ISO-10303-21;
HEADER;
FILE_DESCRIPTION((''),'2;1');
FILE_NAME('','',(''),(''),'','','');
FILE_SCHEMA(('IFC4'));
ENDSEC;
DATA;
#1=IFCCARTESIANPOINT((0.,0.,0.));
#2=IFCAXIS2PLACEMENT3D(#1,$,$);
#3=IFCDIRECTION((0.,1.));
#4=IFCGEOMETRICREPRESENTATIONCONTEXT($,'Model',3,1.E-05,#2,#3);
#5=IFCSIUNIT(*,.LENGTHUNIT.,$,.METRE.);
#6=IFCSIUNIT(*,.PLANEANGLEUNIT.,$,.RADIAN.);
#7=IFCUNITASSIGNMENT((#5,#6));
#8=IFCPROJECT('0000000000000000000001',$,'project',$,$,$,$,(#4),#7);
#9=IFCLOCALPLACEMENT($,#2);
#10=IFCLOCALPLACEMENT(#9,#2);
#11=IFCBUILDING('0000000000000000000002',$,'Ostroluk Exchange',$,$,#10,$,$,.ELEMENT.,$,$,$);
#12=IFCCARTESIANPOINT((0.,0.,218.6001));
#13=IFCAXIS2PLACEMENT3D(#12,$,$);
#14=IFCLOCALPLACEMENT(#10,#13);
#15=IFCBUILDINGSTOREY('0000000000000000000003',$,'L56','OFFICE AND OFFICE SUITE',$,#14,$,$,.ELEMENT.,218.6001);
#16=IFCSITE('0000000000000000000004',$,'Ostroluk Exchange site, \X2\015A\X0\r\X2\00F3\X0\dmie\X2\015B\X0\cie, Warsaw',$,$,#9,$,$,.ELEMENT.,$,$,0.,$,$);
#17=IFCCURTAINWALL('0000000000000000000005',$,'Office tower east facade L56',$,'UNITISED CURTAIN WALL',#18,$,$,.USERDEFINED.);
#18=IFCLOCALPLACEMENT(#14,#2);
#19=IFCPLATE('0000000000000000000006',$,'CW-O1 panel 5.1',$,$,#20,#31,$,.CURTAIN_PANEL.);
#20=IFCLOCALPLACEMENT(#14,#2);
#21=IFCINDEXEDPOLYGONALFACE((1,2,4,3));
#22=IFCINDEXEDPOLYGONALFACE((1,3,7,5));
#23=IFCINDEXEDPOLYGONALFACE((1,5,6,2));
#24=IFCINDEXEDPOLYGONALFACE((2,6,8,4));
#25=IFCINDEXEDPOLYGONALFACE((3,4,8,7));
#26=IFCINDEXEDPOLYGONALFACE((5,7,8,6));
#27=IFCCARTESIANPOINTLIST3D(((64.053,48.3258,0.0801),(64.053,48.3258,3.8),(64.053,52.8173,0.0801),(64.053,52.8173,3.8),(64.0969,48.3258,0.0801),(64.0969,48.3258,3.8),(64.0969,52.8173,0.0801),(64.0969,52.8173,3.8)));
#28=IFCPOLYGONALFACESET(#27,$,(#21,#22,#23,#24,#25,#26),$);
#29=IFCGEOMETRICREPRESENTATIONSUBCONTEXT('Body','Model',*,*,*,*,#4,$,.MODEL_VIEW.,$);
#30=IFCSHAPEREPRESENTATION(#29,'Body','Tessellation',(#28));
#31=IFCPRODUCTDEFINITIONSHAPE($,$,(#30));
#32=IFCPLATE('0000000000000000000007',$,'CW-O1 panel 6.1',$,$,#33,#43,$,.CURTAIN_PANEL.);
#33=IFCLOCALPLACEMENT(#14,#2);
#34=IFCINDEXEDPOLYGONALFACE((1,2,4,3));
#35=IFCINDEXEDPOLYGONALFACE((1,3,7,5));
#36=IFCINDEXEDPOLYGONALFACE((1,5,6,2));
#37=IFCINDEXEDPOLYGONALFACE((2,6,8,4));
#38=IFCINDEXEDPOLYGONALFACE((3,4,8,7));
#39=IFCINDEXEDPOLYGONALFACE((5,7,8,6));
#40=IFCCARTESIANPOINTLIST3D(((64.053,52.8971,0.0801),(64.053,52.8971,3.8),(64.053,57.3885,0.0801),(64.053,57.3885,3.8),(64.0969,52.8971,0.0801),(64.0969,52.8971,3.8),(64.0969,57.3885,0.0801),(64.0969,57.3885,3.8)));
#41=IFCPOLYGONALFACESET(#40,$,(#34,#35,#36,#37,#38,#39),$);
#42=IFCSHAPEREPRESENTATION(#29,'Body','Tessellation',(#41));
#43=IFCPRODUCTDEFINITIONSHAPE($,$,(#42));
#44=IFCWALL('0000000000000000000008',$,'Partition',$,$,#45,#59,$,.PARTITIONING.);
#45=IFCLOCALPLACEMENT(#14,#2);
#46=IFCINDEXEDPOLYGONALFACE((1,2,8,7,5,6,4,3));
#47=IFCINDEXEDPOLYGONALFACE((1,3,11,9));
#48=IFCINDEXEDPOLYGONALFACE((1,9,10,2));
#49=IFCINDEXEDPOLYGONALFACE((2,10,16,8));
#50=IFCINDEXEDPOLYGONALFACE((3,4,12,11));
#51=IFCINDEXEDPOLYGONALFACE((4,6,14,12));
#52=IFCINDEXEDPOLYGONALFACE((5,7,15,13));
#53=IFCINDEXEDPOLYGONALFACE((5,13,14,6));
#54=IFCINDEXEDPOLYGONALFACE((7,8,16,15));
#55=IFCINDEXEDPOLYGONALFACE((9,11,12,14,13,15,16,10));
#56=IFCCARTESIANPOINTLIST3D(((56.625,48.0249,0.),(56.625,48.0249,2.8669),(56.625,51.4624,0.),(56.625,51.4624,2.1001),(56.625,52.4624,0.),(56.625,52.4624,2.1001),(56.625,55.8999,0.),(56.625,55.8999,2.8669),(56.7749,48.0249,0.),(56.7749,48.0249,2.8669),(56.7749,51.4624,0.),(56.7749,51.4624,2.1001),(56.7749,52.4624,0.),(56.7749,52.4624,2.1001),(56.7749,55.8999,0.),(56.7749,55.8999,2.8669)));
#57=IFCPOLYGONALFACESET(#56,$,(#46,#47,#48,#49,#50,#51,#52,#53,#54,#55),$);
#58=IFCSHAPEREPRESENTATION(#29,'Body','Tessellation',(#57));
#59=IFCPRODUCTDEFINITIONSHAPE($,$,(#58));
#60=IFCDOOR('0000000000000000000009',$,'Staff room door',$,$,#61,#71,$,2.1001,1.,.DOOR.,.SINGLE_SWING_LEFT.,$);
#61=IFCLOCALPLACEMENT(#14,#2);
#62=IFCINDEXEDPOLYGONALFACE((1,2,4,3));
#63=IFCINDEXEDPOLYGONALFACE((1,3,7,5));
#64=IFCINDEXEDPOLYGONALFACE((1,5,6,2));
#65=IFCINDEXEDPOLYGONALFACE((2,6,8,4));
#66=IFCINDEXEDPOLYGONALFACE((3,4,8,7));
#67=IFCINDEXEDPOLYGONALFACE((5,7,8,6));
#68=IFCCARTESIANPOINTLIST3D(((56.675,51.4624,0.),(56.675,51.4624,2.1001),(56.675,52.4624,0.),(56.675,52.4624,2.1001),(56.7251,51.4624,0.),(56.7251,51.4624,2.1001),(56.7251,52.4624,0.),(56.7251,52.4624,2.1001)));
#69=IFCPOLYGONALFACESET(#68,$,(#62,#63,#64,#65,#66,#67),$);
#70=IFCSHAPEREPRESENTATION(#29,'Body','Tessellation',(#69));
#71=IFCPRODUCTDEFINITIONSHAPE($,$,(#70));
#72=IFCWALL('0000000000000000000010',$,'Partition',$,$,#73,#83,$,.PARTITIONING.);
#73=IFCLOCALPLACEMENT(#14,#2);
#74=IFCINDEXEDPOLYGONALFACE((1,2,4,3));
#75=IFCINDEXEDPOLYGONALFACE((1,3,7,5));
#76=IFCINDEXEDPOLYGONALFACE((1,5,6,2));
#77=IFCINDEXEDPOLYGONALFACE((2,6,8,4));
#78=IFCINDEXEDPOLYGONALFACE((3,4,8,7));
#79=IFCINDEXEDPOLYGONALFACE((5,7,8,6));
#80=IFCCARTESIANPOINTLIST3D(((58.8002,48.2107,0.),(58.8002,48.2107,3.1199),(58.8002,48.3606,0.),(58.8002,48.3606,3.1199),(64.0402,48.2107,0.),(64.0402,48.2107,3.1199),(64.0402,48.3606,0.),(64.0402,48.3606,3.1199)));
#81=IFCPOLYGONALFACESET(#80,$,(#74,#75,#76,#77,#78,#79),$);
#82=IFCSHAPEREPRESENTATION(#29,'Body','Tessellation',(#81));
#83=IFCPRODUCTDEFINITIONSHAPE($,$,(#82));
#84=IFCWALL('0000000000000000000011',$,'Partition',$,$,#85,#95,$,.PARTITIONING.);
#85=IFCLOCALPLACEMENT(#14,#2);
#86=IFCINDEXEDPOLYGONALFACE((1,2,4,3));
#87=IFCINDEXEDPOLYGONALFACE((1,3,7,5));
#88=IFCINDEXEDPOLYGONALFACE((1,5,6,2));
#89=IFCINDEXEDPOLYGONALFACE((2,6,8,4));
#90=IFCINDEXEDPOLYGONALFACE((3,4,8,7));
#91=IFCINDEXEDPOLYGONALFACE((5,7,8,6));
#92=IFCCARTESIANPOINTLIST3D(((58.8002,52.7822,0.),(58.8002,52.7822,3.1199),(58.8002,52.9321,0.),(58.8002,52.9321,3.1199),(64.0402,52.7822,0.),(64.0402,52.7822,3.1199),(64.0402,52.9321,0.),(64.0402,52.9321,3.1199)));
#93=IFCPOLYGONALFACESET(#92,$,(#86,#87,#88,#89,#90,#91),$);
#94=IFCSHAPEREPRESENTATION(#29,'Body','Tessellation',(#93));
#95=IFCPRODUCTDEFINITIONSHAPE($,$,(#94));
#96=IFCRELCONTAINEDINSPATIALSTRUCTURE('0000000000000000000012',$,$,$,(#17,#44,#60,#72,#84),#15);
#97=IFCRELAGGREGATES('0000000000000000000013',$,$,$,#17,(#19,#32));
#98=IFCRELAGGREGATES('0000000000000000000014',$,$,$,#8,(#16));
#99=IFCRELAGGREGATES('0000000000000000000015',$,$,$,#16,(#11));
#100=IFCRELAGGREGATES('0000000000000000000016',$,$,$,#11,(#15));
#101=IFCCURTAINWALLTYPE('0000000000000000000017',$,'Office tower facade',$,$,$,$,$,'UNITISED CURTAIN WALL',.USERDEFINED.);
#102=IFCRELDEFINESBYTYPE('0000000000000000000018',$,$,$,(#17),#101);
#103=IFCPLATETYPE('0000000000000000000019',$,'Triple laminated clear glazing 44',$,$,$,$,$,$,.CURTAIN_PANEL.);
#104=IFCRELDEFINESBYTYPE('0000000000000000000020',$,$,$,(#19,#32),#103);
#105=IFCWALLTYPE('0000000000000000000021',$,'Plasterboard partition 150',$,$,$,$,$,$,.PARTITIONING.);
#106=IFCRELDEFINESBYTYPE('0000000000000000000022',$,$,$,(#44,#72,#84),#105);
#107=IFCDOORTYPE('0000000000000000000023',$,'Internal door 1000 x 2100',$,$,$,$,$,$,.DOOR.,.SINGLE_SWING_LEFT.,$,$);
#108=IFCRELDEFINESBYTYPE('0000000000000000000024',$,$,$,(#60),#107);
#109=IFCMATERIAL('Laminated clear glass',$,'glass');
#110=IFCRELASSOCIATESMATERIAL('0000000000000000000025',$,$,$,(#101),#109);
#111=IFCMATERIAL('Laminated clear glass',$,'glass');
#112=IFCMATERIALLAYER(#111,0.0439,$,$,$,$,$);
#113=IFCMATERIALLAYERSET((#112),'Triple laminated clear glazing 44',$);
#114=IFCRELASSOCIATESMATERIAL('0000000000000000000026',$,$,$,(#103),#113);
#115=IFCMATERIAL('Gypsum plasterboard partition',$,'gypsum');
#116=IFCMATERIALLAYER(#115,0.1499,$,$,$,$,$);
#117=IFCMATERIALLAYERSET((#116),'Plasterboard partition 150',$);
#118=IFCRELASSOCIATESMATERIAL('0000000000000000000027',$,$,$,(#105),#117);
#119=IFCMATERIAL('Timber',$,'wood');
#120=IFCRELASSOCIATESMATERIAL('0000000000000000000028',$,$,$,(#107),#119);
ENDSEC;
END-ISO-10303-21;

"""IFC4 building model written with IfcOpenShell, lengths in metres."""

from ifc_helpers import new_model, si_unit, direction, frame, frame_2d, origin, origin_2d, place, context, subcontext, project, spatial, rectangle, extrude, material, layer, layer_set, type_object, element, fill, aggregate, save


model = new_model("IFC4")

# Units and contexts
model_context = context("Model", 3, precision=1e-05, world=origin(), true_north=direction((0.0, 1.0)))
body_context = subcontext(model_context, "Body", "Model", "MODEL_VIEW")
ifc_project = project(units=[si_unit("LENGTHUNIT", "METRE"), si_unit("PLANEANGLEUNIT", "RADIAN")], contexts=[model_context])

# Site, building, storey
site_placement = place(None, origin())
site = spatial("IfcSite", under=ifc_project, at=site_placement, Name="Ostroluk Exchange site, Śródmieście, Warsaw", CompositionType="ELEMENT", RefElevation=0.0)
building_placement = place(site_placement, origin())
building = spatial("IfcBuilding", under=site, at=building_placement, Name="Ostroluk Exchange", CompositionType="ELEMENT")
storey_placement = place(building_placement, frame((0.0, 0.0, 218.6001)))
storey = spatial("IfcBuildingStorey", under=building, at=storey_placement, Name="L56", Description="OFFICE AND OFFICE SUITE", CompositionType="ELEMENT", Elevation=218.6001)

# Curtain wall, plates
ifc_material_1 = material(Name="Laminated clear glass", Category="glass")
curtain_wall_type = type_object("IfcCurtainWallType", Name="Office tower facade", ElementType="UNITISED CURTAIN WALL", PredefinedType="USERDEFINED", material=ifc_material_1)
curtain_wall_placement = place(storey_placement, origin())
curtain_wall = element("IfcCurtainWall", 1, at=curtain_wall_placement, inside=storey, type_object=curtain_wall_type, Name="Office tower east facade L56", ObjectType="UNITISED CURTAIN WALL", PredefinedType="USERDEFINED")
ifc_material_2 = material(Name="Laminated clear glass", Category="glass")
ifc_layer_1 = layer(ifc_material_2, 0.0439)
ifc_layer_set_1 = layer_set([ifc_layer_1], Name="Triple laminated clear glazing 44")
plate_type = type_object("IfcPlateType", Name="Triple laminated clear glazing 44", PredefinedType="CURTAIN_PANEL", material=ifc_layer_set_1)
plate_1_placement = place(storey_placement, frame((64.075, 50.5715, 0.0801), z_axis=(0.0, 0.0, 1.0), x_axis=(0.0, 1.0, 0.0)))
plate_1 = element("IfcPlate", 2, at=plate_1_placement, type_object=plate_type, Name="CW-O1 panel 5.1", PredefinedType="CURTAIN_PANEL", context=body_context, shape_type="SweptSolid", body=[
    extrude(rectangle(XDim=4.4915, YDim=0.0439, at=origin_2d()), origin(), (0.0, 0.0, 1.0), 3.72),
])
plate_2_placement = place(storey_placement, frame((64.075, 55.1428, 0.0801), z_axis=(0.0, 0.0, 1.0), x_axis=(0.0, 1.0, 0.0)))
plate_2 = element("IfcPlate", 3, at=plate_2_placement, type_object=plate_type, Name="CW-O1 panel 6.1", PredefinedType="CURTAIN_PANEL", context=body_context, shape_type="SweptSolid", body=[
    extrude(rectangle(XDim=4.4915, YDim=0.0439, at=origin_2d()), origin(), (0.0, 0.0, 1.0), 3.72),
])
aggregate(curtain_wall, [plate_1, plate_2])

# Wall, opening, door
ifc_material_3 = material(Name="Gypsum plasterboard partition", Category="gypsum")
ifc_layer_2 = layer(ifc_material_3, 0.1499)
ifc_layer_set_2 = layer_set([ifc_layer_2], Name="Plasterboard partition 150")
wall_type = type_object("IfcWallType", Name="Plasterboard partition 150", PredefinedType="PARTITIONING", material=ifc_layer_set_2)
wall_placement = place(storey_placement, frame((56.7, 48.0249, 0.0), z_axis=(0.0, 0.0, 1.0), x_axis=(0.0, 1.0, 0.0)))
wall = element("IfcWall", 4, at=wall_placement, inside=storey, type_object=wall_type, Name="Partition", PredefinedType="PARTITIONING", context=body_context, shape_type="SweptSolid", body=[
    extrude(rectangle(XDim=7.875, YDim=0.1499, at=frame_2d((3.9375, 0.0))), origin(), (0.0, 0.0, 1.0), 2.8669),
])
opening_placement = place(wall_placement, frame((3.4375, 0.0, 0.0)))
opening = element("IfcOpeningElement", 5, at=opening_placement, cuts=wall, PredefinedType="OPENING", context=body_context, shape_type="SweptSolid", body=[
    extrude(rectangle(XDim=1.0, YDim=2.1001, at=frame_2d((0.5, 1.05))), frame((0.0, 0.085, 0.0), z_axis=(0.0, -1.0, 0.0), x_axis=(1.0, 0.0, 0.0)), (0.0, 0.0, 1.0), 0.1699),
])
ifc_material_4 = material(Name="Timber", Category="wood")
door_type = type_object("IfcDoorType", Name="Internal door 1000 x 2100", OperationType="SINGLE_SWING_LEFT", PredefinedType="DOOR", material=ifc_material_4)
door_placement = place(opening_placement, origin())
door = element("IfcDoor", 6, at=door_placement, inside=storey, type_object=door_type, Name="Staff room door", OperationType="SINGLE_SWING_LEFT", OverallHeight=2.1001, OverallWidth=1.0, PredefinedType="DOOR", context=body_context, shape_type="SweptSolid", body=[
    extrude(rectangle(XDim=1.0, YDim=2.1001, at=frame_2d((0.5, 1.05))), frame((0.0, 0.0249, 0.0), z_axis=(0.0, -1.0, 0.0), x_axis=(1.0, 0.0, 0.0)), (0.0, 0.0, 1.0), 0.05),
])
fill(opening, door)

# Walls
for number, where, z_axis, x_axis, name in (
    (7, (58.8, 48.2856, 0.0), (0.0, 0.0, 1.0), (1.0, 0.0, 0.0), "Partition"),
    (8, (58.8, 52.8572, 0.0), (0.0, 0.0, 1.0), (1.0, 0.0, 0.0), "Partition"),
):
    element("IfcWall", number, at=place(storey_placement, frame(where, z_axis=z_axis, x_axis=x_axis)), inside=storey, type_object=wall_type, Name=name, PredefinedType="PARTITIONING", context=body_context, shape_type="SweptSolid", body=[
        extrude(rectangle(XDim=5.24, YDim=0.1499, at=frame_2d((2.6201, 0.0))), origin(), (0.0, 0.0, 1.0), 3.1199),
    ])

save(model, "model.ifc")
